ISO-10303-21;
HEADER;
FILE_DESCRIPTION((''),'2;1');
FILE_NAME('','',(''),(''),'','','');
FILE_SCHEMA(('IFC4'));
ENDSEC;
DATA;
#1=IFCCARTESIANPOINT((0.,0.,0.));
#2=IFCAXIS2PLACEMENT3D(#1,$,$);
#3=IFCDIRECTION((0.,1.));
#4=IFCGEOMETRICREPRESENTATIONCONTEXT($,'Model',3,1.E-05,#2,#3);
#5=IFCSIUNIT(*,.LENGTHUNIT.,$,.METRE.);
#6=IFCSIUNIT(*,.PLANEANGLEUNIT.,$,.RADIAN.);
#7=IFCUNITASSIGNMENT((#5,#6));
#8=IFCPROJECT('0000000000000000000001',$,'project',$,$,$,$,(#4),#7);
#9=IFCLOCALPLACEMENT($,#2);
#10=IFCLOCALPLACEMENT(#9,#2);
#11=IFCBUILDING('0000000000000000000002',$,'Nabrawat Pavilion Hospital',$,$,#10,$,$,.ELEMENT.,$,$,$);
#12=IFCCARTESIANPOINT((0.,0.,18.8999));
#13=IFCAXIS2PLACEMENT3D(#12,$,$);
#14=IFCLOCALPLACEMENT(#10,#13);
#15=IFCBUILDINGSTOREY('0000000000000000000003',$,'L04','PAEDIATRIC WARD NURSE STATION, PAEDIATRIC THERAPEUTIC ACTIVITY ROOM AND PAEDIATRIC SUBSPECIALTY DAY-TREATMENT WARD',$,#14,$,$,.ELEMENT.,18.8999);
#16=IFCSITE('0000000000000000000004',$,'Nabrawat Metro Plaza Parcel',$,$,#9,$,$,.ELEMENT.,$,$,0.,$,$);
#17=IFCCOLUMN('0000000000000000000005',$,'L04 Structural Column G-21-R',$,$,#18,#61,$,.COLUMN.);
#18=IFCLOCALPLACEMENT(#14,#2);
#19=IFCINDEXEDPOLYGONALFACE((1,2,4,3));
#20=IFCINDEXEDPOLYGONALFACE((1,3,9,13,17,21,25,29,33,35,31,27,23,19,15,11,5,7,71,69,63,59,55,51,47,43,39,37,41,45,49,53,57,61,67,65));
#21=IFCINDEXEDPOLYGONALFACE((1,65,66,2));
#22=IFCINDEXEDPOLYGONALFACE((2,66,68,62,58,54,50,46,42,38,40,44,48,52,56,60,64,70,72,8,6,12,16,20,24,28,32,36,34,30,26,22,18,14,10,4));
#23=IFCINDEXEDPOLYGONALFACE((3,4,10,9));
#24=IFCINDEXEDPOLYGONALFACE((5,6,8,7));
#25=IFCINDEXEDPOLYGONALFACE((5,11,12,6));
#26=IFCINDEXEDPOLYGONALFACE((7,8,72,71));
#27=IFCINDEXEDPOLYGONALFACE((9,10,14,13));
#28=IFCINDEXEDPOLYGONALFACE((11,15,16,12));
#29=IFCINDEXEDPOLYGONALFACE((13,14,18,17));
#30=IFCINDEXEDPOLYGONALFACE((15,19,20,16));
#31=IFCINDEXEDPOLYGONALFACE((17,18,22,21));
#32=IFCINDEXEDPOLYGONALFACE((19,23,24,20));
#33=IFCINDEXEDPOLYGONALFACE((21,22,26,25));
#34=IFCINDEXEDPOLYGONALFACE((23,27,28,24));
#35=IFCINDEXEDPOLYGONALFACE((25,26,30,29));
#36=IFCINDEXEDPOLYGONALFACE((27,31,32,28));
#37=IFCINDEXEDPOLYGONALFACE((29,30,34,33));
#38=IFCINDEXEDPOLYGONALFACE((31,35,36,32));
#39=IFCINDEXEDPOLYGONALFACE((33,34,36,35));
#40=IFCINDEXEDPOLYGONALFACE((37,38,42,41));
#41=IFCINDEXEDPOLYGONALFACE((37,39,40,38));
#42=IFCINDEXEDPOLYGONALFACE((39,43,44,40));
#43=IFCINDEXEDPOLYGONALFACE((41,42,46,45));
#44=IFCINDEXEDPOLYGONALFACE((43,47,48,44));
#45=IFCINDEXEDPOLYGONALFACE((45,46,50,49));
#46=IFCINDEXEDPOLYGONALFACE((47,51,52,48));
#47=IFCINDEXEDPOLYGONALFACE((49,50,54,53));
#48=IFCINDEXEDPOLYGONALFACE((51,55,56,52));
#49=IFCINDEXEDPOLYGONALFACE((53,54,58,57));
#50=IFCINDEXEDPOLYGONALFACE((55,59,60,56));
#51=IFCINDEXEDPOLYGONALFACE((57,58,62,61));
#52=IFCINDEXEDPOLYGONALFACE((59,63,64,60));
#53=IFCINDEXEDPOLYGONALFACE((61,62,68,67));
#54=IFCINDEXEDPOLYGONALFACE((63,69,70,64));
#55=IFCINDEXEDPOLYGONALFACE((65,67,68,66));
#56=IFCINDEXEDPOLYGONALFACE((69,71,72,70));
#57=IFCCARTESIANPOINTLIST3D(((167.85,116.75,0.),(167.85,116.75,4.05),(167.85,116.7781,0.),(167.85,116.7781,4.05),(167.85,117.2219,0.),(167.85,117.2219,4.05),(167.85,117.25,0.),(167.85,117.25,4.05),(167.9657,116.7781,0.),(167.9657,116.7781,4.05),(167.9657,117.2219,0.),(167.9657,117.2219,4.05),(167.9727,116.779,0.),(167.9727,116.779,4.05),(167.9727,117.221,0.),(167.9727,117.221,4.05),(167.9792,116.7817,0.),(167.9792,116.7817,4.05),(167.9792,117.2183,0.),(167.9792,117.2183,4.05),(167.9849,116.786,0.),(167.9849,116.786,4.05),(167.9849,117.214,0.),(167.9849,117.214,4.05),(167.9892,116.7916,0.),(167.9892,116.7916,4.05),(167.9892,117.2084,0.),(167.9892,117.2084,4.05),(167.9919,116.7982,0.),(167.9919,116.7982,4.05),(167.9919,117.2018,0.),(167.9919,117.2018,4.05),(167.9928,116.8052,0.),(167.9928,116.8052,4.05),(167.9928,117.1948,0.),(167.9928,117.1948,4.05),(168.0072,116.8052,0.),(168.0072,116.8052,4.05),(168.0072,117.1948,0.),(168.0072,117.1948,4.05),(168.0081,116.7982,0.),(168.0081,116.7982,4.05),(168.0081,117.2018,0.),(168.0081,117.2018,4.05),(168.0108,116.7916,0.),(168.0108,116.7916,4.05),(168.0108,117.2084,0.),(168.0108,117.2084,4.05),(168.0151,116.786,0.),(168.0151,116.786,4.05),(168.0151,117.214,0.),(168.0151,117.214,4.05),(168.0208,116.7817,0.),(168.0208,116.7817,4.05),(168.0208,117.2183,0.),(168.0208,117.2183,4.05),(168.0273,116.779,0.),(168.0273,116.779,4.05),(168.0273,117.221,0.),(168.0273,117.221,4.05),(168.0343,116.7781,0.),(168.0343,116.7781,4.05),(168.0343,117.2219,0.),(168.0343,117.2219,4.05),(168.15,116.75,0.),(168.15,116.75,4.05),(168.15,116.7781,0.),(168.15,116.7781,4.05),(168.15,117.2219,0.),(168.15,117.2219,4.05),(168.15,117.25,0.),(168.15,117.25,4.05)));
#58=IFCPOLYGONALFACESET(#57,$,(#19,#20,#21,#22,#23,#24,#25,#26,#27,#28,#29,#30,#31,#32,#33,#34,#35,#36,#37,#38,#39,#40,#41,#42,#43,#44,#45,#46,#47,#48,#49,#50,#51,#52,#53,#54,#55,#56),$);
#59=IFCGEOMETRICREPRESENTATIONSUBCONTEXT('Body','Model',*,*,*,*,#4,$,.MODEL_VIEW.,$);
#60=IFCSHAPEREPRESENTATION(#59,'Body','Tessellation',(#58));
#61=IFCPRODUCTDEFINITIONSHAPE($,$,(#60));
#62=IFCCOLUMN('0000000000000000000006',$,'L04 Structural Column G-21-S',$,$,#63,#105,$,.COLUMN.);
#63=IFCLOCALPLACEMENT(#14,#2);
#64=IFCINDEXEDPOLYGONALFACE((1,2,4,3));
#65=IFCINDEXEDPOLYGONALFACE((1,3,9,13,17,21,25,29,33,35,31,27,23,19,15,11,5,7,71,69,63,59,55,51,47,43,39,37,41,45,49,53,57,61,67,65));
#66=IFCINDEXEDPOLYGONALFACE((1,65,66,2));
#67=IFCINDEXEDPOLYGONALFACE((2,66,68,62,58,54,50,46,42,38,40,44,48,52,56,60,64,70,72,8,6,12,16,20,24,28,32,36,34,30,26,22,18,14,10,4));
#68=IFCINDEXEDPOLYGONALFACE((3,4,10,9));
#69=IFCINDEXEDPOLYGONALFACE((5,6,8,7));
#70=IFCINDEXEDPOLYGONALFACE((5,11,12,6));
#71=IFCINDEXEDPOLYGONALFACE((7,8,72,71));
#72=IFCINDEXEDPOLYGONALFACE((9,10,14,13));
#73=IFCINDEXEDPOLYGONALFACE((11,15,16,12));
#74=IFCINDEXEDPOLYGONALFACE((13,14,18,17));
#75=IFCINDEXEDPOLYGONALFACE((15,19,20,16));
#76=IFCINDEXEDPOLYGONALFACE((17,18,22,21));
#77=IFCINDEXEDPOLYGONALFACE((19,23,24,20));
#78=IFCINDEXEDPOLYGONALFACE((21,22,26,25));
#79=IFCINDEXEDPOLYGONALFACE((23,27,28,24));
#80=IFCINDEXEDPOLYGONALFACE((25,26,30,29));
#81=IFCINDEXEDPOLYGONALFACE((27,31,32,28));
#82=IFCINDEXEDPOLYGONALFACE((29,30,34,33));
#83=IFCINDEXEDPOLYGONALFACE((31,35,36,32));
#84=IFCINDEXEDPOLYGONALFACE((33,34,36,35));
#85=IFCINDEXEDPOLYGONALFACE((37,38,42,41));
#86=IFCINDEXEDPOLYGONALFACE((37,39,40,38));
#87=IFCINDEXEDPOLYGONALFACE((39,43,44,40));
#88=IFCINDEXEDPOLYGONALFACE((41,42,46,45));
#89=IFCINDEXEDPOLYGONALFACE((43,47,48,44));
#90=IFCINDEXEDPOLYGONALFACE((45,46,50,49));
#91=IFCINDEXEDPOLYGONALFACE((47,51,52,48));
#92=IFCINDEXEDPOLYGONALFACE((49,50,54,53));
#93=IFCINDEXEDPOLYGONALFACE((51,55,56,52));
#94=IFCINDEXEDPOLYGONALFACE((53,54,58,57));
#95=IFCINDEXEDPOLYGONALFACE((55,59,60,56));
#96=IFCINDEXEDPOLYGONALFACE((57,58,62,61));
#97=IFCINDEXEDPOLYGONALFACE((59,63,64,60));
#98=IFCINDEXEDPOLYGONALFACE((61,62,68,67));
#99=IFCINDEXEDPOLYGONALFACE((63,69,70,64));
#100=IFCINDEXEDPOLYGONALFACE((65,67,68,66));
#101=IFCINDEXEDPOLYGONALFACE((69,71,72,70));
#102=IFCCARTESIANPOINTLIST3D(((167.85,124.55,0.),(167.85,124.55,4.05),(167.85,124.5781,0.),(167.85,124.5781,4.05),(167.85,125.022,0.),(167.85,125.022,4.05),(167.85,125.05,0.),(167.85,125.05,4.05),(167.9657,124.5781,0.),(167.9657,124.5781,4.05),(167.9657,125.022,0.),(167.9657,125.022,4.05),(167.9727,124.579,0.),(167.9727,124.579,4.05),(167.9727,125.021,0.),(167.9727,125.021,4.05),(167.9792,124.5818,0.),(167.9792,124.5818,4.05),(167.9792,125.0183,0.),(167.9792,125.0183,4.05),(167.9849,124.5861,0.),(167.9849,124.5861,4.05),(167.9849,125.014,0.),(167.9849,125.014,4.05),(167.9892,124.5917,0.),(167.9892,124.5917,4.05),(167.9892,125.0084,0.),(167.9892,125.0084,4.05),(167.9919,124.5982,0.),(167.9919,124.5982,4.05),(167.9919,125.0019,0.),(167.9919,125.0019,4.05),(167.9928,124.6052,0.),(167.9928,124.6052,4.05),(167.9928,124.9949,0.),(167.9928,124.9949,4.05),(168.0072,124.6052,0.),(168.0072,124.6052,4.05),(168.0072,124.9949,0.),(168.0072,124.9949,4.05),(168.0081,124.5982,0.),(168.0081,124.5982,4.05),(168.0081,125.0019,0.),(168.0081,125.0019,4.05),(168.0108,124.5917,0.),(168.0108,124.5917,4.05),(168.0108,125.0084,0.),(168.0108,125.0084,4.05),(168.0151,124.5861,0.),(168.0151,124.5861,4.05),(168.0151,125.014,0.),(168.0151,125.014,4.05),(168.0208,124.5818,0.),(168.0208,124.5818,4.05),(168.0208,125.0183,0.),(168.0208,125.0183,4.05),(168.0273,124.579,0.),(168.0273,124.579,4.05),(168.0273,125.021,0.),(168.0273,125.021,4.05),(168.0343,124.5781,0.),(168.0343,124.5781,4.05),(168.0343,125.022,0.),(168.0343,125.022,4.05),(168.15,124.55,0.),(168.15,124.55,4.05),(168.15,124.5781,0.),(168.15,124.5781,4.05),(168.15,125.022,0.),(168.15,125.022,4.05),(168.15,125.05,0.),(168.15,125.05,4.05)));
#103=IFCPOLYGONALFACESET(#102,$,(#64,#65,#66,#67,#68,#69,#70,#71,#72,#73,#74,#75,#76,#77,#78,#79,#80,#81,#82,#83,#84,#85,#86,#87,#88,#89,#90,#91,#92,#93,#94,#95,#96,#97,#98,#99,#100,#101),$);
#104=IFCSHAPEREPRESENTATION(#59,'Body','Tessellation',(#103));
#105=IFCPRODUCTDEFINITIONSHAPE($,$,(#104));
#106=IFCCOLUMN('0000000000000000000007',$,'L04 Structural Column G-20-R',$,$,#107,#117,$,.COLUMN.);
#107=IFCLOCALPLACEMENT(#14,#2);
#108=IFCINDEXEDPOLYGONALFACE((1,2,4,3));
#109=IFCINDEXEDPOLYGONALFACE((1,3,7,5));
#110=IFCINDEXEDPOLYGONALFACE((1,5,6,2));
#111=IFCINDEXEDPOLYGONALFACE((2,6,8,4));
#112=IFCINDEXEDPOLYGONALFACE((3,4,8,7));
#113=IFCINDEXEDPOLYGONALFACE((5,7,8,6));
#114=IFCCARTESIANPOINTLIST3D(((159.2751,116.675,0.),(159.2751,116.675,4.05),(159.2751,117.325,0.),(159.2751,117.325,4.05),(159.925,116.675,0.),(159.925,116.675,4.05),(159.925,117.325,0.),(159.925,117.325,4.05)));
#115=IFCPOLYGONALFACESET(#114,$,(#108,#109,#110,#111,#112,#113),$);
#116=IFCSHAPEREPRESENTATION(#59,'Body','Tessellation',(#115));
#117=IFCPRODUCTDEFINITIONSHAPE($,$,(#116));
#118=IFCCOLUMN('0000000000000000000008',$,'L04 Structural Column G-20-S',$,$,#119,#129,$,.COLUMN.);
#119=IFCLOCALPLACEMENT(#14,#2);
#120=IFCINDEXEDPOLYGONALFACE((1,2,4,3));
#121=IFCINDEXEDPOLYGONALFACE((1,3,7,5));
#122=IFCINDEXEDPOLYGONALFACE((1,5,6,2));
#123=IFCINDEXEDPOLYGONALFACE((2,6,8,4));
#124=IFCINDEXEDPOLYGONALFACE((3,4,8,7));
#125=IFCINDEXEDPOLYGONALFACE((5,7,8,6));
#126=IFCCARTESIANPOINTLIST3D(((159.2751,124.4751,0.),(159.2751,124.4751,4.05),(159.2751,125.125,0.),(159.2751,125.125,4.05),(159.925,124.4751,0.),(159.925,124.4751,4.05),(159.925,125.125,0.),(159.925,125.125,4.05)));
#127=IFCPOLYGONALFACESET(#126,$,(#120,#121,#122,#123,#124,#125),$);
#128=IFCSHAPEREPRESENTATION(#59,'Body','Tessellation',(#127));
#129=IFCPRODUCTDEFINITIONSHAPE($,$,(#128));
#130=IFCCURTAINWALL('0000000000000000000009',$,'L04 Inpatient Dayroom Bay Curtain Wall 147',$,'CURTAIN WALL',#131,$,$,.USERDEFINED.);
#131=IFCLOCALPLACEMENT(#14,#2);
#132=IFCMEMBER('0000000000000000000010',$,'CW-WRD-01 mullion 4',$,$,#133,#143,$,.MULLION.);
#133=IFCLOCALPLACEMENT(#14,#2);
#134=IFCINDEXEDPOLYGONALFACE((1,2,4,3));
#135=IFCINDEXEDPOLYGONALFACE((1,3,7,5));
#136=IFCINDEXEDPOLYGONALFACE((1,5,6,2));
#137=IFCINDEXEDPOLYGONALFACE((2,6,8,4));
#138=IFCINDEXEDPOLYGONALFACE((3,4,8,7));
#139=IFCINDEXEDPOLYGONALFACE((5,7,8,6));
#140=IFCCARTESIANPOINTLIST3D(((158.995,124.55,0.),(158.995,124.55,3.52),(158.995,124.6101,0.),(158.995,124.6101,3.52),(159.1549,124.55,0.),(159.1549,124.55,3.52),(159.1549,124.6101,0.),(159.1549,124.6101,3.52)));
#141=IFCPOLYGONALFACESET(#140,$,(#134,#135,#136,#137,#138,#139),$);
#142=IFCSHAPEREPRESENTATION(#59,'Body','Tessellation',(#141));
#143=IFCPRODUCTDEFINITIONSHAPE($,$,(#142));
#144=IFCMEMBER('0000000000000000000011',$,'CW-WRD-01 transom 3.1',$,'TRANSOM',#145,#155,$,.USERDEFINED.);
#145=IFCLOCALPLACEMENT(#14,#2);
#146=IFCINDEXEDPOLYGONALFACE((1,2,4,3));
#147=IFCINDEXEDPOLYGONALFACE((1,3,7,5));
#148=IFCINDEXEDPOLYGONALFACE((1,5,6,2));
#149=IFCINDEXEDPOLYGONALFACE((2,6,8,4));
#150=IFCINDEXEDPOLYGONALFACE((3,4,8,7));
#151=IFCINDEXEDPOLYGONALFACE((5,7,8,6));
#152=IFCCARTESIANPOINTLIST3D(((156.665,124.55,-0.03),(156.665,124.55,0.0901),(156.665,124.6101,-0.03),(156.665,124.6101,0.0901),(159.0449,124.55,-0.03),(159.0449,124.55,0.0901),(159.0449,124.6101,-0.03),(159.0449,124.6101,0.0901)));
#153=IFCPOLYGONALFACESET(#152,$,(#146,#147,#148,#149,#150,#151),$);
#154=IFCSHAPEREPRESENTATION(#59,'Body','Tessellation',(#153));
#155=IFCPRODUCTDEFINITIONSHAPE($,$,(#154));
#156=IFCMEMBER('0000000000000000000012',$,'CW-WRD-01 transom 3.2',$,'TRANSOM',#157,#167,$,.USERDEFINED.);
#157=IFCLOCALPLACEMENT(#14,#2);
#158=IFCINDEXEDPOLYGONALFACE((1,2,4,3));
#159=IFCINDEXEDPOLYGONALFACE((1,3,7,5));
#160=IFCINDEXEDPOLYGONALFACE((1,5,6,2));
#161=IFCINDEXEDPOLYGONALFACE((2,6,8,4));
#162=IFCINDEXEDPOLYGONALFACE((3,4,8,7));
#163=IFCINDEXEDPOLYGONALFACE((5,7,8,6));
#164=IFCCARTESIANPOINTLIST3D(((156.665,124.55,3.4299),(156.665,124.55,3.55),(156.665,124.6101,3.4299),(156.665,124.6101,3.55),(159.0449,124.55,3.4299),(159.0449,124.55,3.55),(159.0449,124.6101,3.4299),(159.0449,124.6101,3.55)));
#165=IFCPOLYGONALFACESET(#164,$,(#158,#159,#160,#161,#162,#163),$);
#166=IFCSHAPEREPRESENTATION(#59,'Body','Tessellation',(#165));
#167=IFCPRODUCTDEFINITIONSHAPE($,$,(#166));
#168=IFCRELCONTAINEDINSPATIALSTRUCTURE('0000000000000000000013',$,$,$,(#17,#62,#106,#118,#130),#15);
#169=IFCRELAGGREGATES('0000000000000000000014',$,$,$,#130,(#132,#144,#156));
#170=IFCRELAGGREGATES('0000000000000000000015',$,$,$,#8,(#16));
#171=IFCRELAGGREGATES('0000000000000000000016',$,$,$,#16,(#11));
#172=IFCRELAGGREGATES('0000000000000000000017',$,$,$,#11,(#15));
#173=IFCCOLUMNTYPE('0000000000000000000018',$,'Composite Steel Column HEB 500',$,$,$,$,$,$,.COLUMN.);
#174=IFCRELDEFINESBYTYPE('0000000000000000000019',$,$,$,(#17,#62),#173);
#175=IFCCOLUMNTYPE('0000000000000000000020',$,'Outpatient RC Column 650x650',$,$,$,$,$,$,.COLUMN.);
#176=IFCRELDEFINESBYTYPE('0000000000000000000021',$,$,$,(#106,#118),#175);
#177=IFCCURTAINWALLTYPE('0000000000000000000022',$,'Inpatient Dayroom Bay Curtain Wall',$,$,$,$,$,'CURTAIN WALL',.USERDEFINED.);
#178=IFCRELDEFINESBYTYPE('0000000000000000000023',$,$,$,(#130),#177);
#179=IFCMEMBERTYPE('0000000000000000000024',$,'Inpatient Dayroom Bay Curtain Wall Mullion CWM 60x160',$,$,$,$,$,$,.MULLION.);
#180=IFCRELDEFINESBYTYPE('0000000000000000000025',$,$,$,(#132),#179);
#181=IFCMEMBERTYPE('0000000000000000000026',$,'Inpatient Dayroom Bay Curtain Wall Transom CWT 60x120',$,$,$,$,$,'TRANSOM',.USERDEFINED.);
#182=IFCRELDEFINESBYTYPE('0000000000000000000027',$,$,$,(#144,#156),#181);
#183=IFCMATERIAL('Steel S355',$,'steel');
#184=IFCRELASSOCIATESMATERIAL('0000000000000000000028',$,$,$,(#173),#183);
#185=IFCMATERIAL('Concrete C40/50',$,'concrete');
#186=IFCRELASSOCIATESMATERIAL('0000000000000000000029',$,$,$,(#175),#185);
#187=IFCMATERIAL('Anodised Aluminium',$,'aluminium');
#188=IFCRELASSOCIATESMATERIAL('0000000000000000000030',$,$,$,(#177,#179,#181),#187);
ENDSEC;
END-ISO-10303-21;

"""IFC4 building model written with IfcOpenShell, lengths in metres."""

from ifc_helpers import new_model, si_unit, direction, frame, origin, origin_2d, place, context, subcontext, project, spatial, rectangle, i_section, extrude, material, material_profile, profile_set, type_object, element, aggregate, save


model = new_model("IFC4")

# Units and contexts
model_context = context("Model", 3, precision=1e-05, world=origin(), true_north=direction((0.0, 1.0)))
body_context = subcontext(model_context, "Body", "Model", "MODEL_VIEW")
ifc_project = project(units=[si_unit("LENGTHUNIT", "METRE"), si_unit("PLANEANGLEUNIT", "RADIAN")], contexts=[model_context])

# Site, building, storey
site_placement = place(None, origin())
site = spatial("IfcSite", under=ifc_project, at=site_placement, Name="Nabrawat Metro Plaza Parcel", CompositionType="ELEMENT", RefElevation=0.0)
building_placement = place(site_placement, origin())
building = spatial("IfcBuilding", under=site, at=building_placement, Name="Nabrawat Pavilion Hospital", CompositionType="ELEMENT")
storey_placement = place(building_placement, frame((0.0, 0.0, 18.8999)))
storey = spatial("IfcBuildingStorey", under=building, at=storey_placement, Name="L04", Description="PAEDIATRIC WARD NURSE STATION, PAEDIATRIC THERAPEUTIC ACTIVITY ROOM AND PAEDIATRIC SUBSPECIALTY DAY-TREATMENT WARD", CompositionType="ELEMENT", Elevation=18.8999)

# Columns
ifc_material_1 = material(Name="Steel S355", Category="steel")
ifc_material_profile_1 = material_profile(ifc_material_1, i_section(OverallWidth=0.3, OverallDepth=0.5, WebThickness=0.0144, FlangeThickness=0.0281, FilletRadius=0.0271, at=origin_2d()), Name="HEB 500")
ifc_profile_set_1 = profile_set([ifc_material_profile_1], Name="Steel S355")
column_type_1 = type_object("IfcColumnType", Name="Composite Steel Column HEB 500", PredefinedType="COLUMN", material=ifc_profile_set_1)
for number, where, z_axis, x_axis, name in (
    (1, (168.0, 117.0, 0.0), (0.0, 0.0, 1.0), (1.0, 0.0, 0.0), "L04 Structural Column G-21-R"),
    (2, (168.0, 124.8, 0.0), (0.0, 0.0, 1.0), (1.0, 0.0, 0.0), "L04 Structural Column G-21-S"),
):
    element("IfcColumn", number, at=place(storey_placement, frame(where, z_axis=z_axis, x_axis=x_axis)), inside=storey, type_object=column_type_1, Name=name, PredefinedType="COLUMN", context=body_context, shape_type="SweptSolid", body=[
        extrude(i_section(OverallWidth=0.3, OverallDepth=0.5, WebThickness=0.0144, FlangeThickness=0.0281, FilletRadius=0.0271, at=origin_2d()), origin(), (0.0, 0.0, 1.0), 4.05),
    ])
ifc_material_2 = material(Name="Concrete C40/50", Category="concrete")
ifc_material_profile_2 = material_profile(ifc_material_2, rectangle(XDim=0.6499, YDim=0.6499, at=origin_2d()), Name="RC 650x650")
ifc_profile_set_2 = profile_set([ifc_material_profile_2], Name="Concrete C40/50")
column_type_2 = type_object("IfcColumnType", Name="Outpatient RC Column 650x650", PredefinedType="COLUMN", material=ifc_profile_set_2)
for number, where, z_axis, x_axis, name in (
    (3, (159.6001, 117.0, 0.0), (0.0, 0.0, 1.0), (1.0, 0.0, 0.0), "L04 Structural Column G-20-R"),
    (4, (159.6001, 124.8, 0.0), (0.0, 0.0, 1.0), (1.0, 0.0, 0.0), "L04 Structural Column G-20-S"),
):
    element("IfcColumn", number, at=place(storey_placement, frame(where, z_axis=z_axis, x_axis=x_axis)), inside=storey, type_object=column_type_2, Name=name, PredefinedType="COLUMN", context=body_context, shape_type="SweptSolid", body=[
        extrude(rectangle(XDim=0.6499, YDim=0.6499, at=origin_2d()), origin(), (0.0, 0.0, 1.0), 4.05),
    ])

# Curtain wall, members
ifc_material_3 = material(Name="Anodised Aluminium", Category="aluminium")
curtain_wall_type = type_object("IfcCurtainWallType", Name="Inpatient Dayroom Bay Curtain Wall", ElementType="CURTAIN WALL", PredefinedType="USERDEFINED", material=ifc_material_3)
curtain_wall_placement = place(storey_placement, origin())
curtain_wall = element("IfcCurtainWall", 5, at=curtain_wall_placement, inside=storey, type_object=curtain_wall_type, Name="L04 Inpatient Dayroom Bay Curtain Wall 147", ObjectType="CURTAIN WALL", PredefinedType="USERDEFINED")
ifc_material_profile_3 = material_profile(ifc_material_3, rectangle(XDim=0.0601, YDim=0.1599, at=origin_2d()), Name="CWM 60x160")
ifc_profile_set_3 = profile_set([ifc_material_profile_3], Name="Anodised Aluminium")
member_type_1 = type_object("IfcMemberType", Name="Inpatient Dayroom Bay Curtain Wall Mullion CWM 60x160", PredefinedType="MULLION", material=ifc_profile_set_3)
member_1_placement = place(storey_placement, frame((159.075, 124.5801, 0.0), z_axis=(0.0, 0.0, 1.0), x_axis=(0.0, 1.0, 0.0)))
member_1 = element("IfcMember", 6, at=member_1_placement, type_object=member_type_1, Name="CW-WRD-01 mullion 4", PredefinedType="MULLION", context=body_context, shape_type="SweptSolid", body=[
    extrude(rectangle(XDim=0.0601, YDim=0.1599, at=origin_2d()), origin(), (0.0, 0.0, 1.0), 3.52),
])
ifc_material_profile_4 = material_profile(ifc_material_3, rectangle(XDim=0.0601, YDim=0.1201, at=origin_2d()), Name="CWT 60x120")
ifc_profile_set_4 = profile_set([ifc_material_profile_4], Name="Anodised Aluminium")
member_type_2 = type_object("IfcMemberType", Name="Inpatient Dayroom Bay Curtain Wall Transom CWT 60x120", ElementType="TRANSOM", PredefinedType="USERDEFINED", material=ifc_profile_set_4)
member_2_placement = place(storey_placement, frame((156.665, 124.5801, 0.03), z_axis=(1.0, 0.0, 0.0), x_axis=(0.0, 1.0, 0.0)))
member_2 = element("IfcMember", 7, at=member_2_placement, type_object=member_type_2, Name="CW-WRD-01 transom 3.1", ObjectType="TRANSOM", PredefinedType="USERDEFINED", context=body_context, shape_type="SweptSolid", body=[
    extrude(rectangle(XDim=0.0601, YDim=0.1201, at=origin_2d()), origin(), (0.0, 0.0, 1.0), 2.3799),
])
member_3_placement = place(storey_placement, frame((156.665, 124.5801, 3.49), z_axis=(1.0, 0.0, 0.0), x_axis=(0.0, 1.0, 0.0)))
member_3 = element("IfcMember", 8, at=member_3_placement, type_object=member_type_2, Name="CW-WRD-01 transom 3.2", ObjectType="TRANSOM", PredefinedType="USERDEFINED", context=body_context, shape_type="SweptSolid", body=[
    extrude(rectangle(XDim=0.0601, YDim=0.1201, at=origin_2d()), origin(), (0.0, 0.0, 1.0), 2.3799),
])

aggregate(curtain_wall, [member_1, member_2, member_3])

save(model, "model.ifc")
